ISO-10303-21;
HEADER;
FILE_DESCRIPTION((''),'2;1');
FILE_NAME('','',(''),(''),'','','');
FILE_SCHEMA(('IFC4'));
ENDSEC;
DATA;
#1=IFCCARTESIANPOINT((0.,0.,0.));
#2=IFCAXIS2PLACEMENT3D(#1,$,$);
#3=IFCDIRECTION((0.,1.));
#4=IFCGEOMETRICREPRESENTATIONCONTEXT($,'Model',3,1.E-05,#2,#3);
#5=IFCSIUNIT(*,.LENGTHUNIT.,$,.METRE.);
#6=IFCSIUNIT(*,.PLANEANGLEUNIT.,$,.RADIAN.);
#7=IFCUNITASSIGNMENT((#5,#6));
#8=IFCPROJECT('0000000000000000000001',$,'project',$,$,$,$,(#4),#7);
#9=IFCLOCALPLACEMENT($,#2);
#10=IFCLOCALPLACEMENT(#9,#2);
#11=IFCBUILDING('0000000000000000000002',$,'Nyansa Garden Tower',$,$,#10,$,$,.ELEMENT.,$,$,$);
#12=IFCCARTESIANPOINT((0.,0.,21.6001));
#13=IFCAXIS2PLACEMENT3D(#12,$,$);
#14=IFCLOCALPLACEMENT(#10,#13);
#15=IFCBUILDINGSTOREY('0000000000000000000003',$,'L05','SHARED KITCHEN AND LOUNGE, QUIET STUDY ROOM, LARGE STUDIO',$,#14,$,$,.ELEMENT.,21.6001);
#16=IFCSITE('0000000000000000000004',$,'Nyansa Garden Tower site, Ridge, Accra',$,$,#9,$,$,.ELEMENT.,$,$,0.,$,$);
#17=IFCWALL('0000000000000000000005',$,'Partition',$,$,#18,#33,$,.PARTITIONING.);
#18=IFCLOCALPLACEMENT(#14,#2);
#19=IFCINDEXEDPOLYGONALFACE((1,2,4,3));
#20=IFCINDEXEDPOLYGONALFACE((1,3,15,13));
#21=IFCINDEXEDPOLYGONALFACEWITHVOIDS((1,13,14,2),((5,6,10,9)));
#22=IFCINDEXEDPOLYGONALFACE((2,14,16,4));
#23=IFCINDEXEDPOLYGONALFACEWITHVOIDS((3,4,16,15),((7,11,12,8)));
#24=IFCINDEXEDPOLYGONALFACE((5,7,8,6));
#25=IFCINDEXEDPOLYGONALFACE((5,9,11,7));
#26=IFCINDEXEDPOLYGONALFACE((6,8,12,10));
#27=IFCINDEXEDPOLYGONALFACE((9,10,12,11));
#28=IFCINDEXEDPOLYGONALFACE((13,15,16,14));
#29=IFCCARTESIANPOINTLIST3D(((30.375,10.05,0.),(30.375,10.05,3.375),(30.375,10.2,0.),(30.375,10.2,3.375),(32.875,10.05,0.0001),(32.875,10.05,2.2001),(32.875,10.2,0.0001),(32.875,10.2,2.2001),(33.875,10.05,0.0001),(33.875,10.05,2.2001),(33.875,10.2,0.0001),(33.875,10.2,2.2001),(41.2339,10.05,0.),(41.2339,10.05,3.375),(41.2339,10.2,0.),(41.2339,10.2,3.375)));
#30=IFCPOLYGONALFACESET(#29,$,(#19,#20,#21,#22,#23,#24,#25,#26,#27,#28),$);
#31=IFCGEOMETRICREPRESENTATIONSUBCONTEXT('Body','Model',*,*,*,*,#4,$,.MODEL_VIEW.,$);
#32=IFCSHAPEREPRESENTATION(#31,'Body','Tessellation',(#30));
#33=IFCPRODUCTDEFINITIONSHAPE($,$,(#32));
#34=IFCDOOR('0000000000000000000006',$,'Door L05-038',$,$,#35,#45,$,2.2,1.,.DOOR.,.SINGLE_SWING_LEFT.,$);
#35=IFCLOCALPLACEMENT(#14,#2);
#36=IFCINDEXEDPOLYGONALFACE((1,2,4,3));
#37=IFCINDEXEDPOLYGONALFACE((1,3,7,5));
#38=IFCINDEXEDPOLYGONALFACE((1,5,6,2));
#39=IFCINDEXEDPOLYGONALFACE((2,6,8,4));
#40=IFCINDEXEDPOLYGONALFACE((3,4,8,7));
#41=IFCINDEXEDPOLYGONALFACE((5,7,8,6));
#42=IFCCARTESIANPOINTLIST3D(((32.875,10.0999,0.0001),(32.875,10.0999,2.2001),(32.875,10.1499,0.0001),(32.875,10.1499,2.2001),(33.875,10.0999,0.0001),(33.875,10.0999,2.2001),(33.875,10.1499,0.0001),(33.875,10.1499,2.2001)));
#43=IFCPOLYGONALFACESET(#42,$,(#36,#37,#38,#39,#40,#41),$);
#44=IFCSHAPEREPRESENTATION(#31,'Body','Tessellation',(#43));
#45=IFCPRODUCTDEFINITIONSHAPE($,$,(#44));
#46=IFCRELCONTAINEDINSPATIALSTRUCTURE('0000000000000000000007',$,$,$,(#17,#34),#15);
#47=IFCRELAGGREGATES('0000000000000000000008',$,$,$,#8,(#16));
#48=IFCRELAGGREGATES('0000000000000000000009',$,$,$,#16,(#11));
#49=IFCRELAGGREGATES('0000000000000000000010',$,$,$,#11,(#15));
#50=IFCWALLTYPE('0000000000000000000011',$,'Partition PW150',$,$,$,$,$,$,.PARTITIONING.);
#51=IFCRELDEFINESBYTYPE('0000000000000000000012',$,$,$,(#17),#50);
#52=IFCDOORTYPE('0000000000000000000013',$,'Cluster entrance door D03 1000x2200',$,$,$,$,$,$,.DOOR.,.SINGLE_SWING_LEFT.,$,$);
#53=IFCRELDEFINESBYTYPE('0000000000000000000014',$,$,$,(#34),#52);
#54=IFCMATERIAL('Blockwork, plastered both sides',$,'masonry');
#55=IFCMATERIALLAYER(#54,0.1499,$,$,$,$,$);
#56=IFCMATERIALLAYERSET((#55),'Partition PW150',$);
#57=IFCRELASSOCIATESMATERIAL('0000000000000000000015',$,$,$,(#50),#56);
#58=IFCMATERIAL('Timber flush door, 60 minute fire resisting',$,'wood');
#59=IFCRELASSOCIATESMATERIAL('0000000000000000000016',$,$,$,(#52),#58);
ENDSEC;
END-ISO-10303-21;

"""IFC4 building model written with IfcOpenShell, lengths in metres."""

from ifc_helpers import new_model, si_unit, direction, frame, frame_2d, origin, place, context, subcontext, project, spatial, rectangle, extrude, material, layer, layer_set, type_object, element, fill, save


model = new_model("IFC4")

# Units and contexts
model_context = context("Model", 3, precision=1e-05, world=origin(), true_north=direction((0.0, 1.0)))
body_context = subcontext(model_context, "Body", "Model", "MODEL_VIEW")
ifc_project = project(units=[si_unit("LENGTHUNIT", "METRE"), si_unit("PLANEANGLEUNIT", "RADIAN")], contexts=[model_context])

# Site, building, storey
site_placement = place(None, origin())
site = spatial("IfcSite", under=ifc_project, at=site_placement, Name="Nyansa Garden Tower site, Ridge, Accra", CompositionType="ELEMENT", RefElevation=0.0)
building_placement = place(site_placement, origin())
building = spatial("IfcBuilding", under=site, at=building_placement, Name="Nyansa Garden Tower", CompositionType="ELEMENT")
storey_placement = place(building_placement, frame((0.0, 0.0, 21.6001)))
storey = spatial("IfcBuildingStorey", under=building, at=storey_placement, Name="L05", Description="SHARED KITCHEN AND LOUNGE, QUIET STUDY ROOM, LARGE STUDIO", CompositionType="ELEMENT", Elevation=21.6001)

# Shared definitions
ifc_material_1 = material(Name="Blockwork, plastered both sides", Category="masonry")
ifc_layer_1 = layer(ifc_material_1, 0.1499)
ifc_layer_set_1 = layer_set([ifc_layer_1], Name="Partition PW150")
wall_type_1 = type_object("IfcWallType", Name="Partition PW150", PredefinedType="PARTITIONING", material=ifc_layer_set_1)

# Wall, opening, door
ifc_material_2 = material(Name="Timber flush door, 60 minute fire resisting", Category="wood")
door_type_1 = type_object("IfcDoorType", Name="Cluster entrance door D03 1000x2200", OperationType="SINGLE_SWING_LEFT", PredefinedType="DOOR", material=ifc_material_2)
wall_1_placement = place(storey_placement, frame((30.375, 10.125, 0.0), z_axis=(0.0, 0.0, 1.0), x_axis=(1.0, 0.0, 0.0)))
wall_1 = element("IfcWall", 1, at=wall_1_placement, inside=storey, type_object=wall_type_1, Name="Partition", PredefinedType="PARTITIONING", context=body_context, shape_type="SweptSolid", body=[
    extrude(rectangle(XDim=10.8589, YDim=0.1499, at=frame_2d((5.4294, 0.0))), origin(), (0.0, 0.0, 1.0), 3.375),
])
opening_1_placement = place(wall_1_placement, frame((2.5, 0.0, 0.0)))
opening_1 = element("IfcOpeningElement", 2, at=opening_1_placement, cuts=wall_1, PredefinedType="OPENING", context=body_context, shape_type="SweptSolid", body=[
    extrude(rectangle(XDim=1.0, YDim=2.2, at=frame_2d((0.5, 1.1001))), frame((0.0, 0.085, 0.0), z_axis=(0.0, -1.0, 0.0), x_axis=(1.0, 0.0, 0.0)), (0.0, 0.0, 1.0), 0.1699),
])
door_1_placement = place(opening_1_placement, origin())
door_1 = element("IfcDoor", 3, at=door_1_placement, inside=storey, type_object=door_type_1, Name="Door L05-038", OperationType="SINGLE_SWING_LEFT", OverallHeight=2.2, OverallWidth=1.0, PredefinedType="DOOR", context=body_context, shape_type="SweptSolid", body=[
    extrude(rectangle(XDim=1.0, YDim=2.2, at=frame_2d((0.5, 1.1001))), frame((0.0, 0.0249, 0.0), z_axis=(0.0, -1.0, 0.0), x_axis=(1.0, 0.0, 0.0)), (0.0, 0.0, 1.0), 0.05),
])
fill(opening_1, door_1)

save(model, "model.ifc")
